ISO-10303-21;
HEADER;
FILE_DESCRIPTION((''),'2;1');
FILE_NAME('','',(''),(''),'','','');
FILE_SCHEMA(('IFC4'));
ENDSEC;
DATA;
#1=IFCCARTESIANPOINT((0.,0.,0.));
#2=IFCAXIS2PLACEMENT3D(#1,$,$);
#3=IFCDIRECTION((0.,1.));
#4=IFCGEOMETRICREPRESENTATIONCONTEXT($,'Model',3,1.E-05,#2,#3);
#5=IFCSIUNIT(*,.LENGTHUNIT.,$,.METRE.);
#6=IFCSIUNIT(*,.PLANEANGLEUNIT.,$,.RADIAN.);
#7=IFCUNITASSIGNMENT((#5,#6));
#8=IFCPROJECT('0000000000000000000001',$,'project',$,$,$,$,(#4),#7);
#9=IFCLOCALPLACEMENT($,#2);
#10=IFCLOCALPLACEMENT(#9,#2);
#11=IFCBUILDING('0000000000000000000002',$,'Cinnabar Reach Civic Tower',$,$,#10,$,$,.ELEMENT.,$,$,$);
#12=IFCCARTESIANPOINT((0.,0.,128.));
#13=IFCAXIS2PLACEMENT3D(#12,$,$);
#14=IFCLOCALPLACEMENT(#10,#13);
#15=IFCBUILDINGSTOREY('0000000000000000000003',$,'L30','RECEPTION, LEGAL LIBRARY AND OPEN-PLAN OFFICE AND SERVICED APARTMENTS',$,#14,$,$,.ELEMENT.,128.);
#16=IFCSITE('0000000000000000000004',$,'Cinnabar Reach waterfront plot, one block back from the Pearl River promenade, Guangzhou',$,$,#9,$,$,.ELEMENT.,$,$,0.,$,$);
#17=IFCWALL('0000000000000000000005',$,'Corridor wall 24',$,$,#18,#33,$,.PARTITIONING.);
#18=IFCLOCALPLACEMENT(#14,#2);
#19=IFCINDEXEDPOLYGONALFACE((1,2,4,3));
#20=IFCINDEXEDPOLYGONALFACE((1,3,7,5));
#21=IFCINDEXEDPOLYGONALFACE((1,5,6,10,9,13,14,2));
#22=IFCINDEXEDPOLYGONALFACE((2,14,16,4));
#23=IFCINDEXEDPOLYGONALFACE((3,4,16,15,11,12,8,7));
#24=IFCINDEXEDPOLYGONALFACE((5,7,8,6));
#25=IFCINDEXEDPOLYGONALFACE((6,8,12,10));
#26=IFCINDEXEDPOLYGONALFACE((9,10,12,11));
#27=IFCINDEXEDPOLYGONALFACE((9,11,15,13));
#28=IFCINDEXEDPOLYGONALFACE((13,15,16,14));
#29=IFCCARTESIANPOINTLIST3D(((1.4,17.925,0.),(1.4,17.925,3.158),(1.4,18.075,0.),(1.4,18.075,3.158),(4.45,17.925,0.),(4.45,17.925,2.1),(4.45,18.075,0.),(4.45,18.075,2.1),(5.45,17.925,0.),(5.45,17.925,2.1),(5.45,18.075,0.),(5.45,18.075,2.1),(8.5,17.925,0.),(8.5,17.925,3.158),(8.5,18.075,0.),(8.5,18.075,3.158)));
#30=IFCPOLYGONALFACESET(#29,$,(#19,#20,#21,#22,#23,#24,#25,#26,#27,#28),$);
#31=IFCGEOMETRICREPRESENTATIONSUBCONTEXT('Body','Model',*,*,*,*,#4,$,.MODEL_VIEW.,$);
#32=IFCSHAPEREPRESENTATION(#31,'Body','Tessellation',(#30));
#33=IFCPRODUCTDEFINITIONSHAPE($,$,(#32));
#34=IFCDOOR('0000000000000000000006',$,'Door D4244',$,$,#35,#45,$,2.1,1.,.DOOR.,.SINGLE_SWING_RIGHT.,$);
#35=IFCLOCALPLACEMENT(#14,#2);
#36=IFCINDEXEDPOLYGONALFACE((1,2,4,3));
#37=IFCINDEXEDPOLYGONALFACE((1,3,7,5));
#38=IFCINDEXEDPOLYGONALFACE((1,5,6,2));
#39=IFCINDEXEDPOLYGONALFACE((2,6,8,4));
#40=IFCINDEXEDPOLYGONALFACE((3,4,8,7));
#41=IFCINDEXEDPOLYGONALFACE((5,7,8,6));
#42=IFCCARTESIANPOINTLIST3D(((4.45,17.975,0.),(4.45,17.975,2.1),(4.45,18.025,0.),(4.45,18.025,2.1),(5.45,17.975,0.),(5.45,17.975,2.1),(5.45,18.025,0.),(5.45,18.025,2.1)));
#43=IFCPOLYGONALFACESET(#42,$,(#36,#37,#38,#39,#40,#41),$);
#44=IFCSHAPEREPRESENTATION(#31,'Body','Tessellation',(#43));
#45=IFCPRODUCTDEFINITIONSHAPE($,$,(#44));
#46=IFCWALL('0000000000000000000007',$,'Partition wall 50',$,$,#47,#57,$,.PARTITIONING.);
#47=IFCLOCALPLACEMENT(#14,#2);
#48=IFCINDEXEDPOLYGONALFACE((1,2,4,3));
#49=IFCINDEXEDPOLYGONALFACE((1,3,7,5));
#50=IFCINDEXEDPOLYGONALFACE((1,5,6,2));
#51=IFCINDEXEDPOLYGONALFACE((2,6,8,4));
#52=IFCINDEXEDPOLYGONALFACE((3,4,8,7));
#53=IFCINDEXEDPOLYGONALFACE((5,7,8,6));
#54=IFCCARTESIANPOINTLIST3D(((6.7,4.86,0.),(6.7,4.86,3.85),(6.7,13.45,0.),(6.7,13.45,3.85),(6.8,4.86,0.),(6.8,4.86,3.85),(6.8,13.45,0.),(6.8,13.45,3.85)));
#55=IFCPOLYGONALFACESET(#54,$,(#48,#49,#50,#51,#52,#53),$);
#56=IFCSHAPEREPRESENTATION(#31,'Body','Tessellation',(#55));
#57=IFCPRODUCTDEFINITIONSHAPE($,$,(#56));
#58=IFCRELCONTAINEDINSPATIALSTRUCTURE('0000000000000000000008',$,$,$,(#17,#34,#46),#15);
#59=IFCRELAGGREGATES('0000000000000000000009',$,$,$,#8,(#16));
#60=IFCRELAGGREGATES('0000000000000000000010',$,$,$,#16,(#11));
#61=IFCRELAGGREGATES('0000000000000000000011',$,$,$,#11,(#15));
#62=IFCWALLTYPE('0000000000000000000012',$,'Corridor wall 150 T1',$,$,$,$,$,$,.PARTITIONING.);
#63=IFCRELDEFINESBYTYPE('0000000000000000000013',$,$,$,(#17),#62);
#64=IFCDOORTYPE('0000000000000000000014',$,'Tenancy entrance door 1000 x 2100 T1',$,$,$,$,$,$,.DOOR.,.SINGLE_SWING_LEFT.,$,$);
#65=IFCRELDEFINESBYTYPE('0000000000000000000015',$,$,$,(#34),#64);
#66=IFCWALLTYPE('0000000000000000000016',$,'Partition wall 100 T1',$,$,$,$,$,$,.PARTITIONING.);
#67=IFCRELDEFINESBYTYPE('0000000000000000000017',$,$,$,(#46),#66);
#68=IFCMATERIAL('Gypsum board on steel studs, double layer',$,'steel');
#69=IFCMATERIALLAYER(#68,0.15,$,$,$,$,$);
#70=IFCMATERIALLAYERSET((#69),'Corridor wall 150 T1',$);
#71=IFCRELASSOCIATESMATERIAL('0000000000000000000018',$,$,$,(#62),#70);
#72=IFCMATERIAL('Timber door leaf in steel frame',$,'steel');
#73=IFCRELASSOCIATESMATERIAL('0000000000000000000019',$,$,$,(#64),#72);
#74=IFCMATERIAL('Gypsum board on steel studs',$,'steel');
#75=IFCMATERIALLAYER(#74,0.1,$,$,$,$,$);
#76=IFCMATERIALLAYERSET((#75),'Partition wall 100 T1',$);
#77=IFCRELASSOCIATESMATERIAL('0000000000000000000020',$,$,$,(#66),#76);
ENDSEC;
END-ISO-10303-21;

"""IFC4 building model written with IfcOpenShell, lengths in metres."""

from ifc_helpers import new_model, si_unit, direction, frame, frame_2d, origin, place, context, subcontext, project, spatial, rectangle, extrude, material, layer, layer_set, type_object, element, fill, save


model = new_model("IFC4")

# Units and contexts
model_context = context("Model", 3, precision=1e-05, world=origin(), true_north=direction((0.0, 1.0)))
body_context = subcontext(model_context, "Body", "Model", "MODEL_VIEW")
ifc_project = project(units=[si_unit("LENGTHUNIT", "METRE"), si_unit("PLANEANGLEUNIT", "RADIAN")], contexts=[model_context])

# Site, building, storey
site_placement = place(None, origin())
site = spatial("IfcSite", under=ifc_project, at=site_placement, Name="Cinnabar Reach waterfront plot, one block back from the Pearl River promenade, Guangzhou", CompositionType="ELEMENT", RefElevation=0.0)
building_placement = place(site_placement, origin())
building = spatial("IfcBuilding", under=site, at=building_placement, Name="Cinnabar Reach Civic Tower", CompositionType="ELEMENT")
storey_placement = place(building_placement, frame((0.0, 0.0, 128.0)))
storey = spatial("IfcBuildingStorey", under=building, at=storey_placement, Name="L30", Description="RECEPTION, LEGAL LIBRARY AND OPEN-PLAN OFFICE AND SERVICED APARTMENTS", CompositionType="ELEMENT", Elevation=128.0)

# Wall, opening, door
ifc_material_1 = material(Name="Gypsum board on steel studs, double layer", Category="steel")
ifc_layer_1 = layer(ifc_material_1, 0.15)
ifc_layer_set_1 = layer_set([ifc_layer_1], Name="Corridor wall 150 T1")
wall_type_1 = type_object("IfcWallType", Name="Corridor wall 150 T1", PredefinedType="PARTITIONING", material=ifc_layer_set_1)
wall_1_placement = place(storey_placement, frame((1.4, 18.0, 0.0), z_axis=(0.0, 0.0, 1.0), x_axis=(1.0, 0.0, 0.0)))
wall_1 = element("IfcWall", 1, at=wall_1_placement, inside=storey, type_object=wall_type_1, Name="Corridor wall 24", PredefinedType="PARTITIONING", context=body_context, shape_type="SweptSolid", body=[
    extrude(rectangle(XDim=7.1, YDim=0.15, at=frame_2d((3.55, 0.0))), origin(), (0.0, 0.0, 1.0), 3.158),
])
opening_1_placement = place(wall_1_placement, frame((3.05, 0.0, 0.0)))
opening_1 = element("IfcOpeningElement", 2, at=opening_1_placement, cuts=wall_1, PredefinedType="OPENING", context=body_context, shape_type="SweptSolid", body=[
    extrude(rectangle(XDim=1.0, YDim=2.1, at=frame_2d((0.5, 1.05))), frame((0.0, 0.085, 0.0), z_axis=(0.0, -1.0, 0.0), x_axis=(1.0, 0.0, 0.0)), (0.0, 0.0, 1.0), 0.17),
])
ifc_material_2 = material(Name="Timber door leaf in steel frame", Category="steel")
door_type = type_object("IfcDoorType", Name="Tenancy entrance door 1000 x 2100 T1", OperationType="SINGLE_SWING_LEFT", PredefinedType="DOOR", material=ifc_material_2)
door_placement = place(opening_1_placement, frame((1.0, 0.0, 0.0), z_axis=(0.0, 0.0, 1.0), x_axis=(-1.0, 0.0, 0.0)))
door = element("IfcDoor", 3, at=door_placement, inside=storey, type_object=door_type, Name="Door D4244", OperationType="SINGLE_SWING_RIGHT", OverallHeight=2.1, OverallWidth=1.0, PredefinedType="DOOR", context=body_context, shape_type="SweptSolid", body=[
    extrude(rectangle(XDim=1.0, YDim=2.1, at=frame_2d((0.5, 1.05))), frame((0.0, 0.025, 0.0), z_axis=(0.0, -1.0, 0.0), x_axis=(1.0, 0.0, 0.0)), (0.0, 0.0, 1.0), 0.05),
])
fill(opening_1, door)

# Wall
ifc_material_3 = material(Name="Gypsum board on steel studs", Category="steel")
ifc_layer_2 = layer(ifc_material_3, 0.1)
ifc_layer_set_2 = layer_set([ifc_layer_2], Name="Partition wall 100 T1")
wall_type_2 = type_object("IfcWallType", Name="Partition wall 100 T1", PredefinedType="PARTITIONING", material=ifc_layer_set_2)
wall_2_placement = place(storey_placement, frame((6.75, 4.86, 0.0), z_axis=(0.0, 0.0, 1.0), x_axis=(0.0, 1.0, 0.0)))
element("IfcWall", 4, at=wall_2_placement, inside=storey, type_object=wall_type_2, Name="Partition wall 50", PredefinedType="PARTITIONING", context=body_context, shape_type="SweptSolid", body=[
    extrude(rectangle(XDim=8.59, YDim=0.1, at=frame_2d((4.295, 0.0))), origin(), (0.0, 0.0, 1.0), 3.85),
])

save(model, "model.ifc")
